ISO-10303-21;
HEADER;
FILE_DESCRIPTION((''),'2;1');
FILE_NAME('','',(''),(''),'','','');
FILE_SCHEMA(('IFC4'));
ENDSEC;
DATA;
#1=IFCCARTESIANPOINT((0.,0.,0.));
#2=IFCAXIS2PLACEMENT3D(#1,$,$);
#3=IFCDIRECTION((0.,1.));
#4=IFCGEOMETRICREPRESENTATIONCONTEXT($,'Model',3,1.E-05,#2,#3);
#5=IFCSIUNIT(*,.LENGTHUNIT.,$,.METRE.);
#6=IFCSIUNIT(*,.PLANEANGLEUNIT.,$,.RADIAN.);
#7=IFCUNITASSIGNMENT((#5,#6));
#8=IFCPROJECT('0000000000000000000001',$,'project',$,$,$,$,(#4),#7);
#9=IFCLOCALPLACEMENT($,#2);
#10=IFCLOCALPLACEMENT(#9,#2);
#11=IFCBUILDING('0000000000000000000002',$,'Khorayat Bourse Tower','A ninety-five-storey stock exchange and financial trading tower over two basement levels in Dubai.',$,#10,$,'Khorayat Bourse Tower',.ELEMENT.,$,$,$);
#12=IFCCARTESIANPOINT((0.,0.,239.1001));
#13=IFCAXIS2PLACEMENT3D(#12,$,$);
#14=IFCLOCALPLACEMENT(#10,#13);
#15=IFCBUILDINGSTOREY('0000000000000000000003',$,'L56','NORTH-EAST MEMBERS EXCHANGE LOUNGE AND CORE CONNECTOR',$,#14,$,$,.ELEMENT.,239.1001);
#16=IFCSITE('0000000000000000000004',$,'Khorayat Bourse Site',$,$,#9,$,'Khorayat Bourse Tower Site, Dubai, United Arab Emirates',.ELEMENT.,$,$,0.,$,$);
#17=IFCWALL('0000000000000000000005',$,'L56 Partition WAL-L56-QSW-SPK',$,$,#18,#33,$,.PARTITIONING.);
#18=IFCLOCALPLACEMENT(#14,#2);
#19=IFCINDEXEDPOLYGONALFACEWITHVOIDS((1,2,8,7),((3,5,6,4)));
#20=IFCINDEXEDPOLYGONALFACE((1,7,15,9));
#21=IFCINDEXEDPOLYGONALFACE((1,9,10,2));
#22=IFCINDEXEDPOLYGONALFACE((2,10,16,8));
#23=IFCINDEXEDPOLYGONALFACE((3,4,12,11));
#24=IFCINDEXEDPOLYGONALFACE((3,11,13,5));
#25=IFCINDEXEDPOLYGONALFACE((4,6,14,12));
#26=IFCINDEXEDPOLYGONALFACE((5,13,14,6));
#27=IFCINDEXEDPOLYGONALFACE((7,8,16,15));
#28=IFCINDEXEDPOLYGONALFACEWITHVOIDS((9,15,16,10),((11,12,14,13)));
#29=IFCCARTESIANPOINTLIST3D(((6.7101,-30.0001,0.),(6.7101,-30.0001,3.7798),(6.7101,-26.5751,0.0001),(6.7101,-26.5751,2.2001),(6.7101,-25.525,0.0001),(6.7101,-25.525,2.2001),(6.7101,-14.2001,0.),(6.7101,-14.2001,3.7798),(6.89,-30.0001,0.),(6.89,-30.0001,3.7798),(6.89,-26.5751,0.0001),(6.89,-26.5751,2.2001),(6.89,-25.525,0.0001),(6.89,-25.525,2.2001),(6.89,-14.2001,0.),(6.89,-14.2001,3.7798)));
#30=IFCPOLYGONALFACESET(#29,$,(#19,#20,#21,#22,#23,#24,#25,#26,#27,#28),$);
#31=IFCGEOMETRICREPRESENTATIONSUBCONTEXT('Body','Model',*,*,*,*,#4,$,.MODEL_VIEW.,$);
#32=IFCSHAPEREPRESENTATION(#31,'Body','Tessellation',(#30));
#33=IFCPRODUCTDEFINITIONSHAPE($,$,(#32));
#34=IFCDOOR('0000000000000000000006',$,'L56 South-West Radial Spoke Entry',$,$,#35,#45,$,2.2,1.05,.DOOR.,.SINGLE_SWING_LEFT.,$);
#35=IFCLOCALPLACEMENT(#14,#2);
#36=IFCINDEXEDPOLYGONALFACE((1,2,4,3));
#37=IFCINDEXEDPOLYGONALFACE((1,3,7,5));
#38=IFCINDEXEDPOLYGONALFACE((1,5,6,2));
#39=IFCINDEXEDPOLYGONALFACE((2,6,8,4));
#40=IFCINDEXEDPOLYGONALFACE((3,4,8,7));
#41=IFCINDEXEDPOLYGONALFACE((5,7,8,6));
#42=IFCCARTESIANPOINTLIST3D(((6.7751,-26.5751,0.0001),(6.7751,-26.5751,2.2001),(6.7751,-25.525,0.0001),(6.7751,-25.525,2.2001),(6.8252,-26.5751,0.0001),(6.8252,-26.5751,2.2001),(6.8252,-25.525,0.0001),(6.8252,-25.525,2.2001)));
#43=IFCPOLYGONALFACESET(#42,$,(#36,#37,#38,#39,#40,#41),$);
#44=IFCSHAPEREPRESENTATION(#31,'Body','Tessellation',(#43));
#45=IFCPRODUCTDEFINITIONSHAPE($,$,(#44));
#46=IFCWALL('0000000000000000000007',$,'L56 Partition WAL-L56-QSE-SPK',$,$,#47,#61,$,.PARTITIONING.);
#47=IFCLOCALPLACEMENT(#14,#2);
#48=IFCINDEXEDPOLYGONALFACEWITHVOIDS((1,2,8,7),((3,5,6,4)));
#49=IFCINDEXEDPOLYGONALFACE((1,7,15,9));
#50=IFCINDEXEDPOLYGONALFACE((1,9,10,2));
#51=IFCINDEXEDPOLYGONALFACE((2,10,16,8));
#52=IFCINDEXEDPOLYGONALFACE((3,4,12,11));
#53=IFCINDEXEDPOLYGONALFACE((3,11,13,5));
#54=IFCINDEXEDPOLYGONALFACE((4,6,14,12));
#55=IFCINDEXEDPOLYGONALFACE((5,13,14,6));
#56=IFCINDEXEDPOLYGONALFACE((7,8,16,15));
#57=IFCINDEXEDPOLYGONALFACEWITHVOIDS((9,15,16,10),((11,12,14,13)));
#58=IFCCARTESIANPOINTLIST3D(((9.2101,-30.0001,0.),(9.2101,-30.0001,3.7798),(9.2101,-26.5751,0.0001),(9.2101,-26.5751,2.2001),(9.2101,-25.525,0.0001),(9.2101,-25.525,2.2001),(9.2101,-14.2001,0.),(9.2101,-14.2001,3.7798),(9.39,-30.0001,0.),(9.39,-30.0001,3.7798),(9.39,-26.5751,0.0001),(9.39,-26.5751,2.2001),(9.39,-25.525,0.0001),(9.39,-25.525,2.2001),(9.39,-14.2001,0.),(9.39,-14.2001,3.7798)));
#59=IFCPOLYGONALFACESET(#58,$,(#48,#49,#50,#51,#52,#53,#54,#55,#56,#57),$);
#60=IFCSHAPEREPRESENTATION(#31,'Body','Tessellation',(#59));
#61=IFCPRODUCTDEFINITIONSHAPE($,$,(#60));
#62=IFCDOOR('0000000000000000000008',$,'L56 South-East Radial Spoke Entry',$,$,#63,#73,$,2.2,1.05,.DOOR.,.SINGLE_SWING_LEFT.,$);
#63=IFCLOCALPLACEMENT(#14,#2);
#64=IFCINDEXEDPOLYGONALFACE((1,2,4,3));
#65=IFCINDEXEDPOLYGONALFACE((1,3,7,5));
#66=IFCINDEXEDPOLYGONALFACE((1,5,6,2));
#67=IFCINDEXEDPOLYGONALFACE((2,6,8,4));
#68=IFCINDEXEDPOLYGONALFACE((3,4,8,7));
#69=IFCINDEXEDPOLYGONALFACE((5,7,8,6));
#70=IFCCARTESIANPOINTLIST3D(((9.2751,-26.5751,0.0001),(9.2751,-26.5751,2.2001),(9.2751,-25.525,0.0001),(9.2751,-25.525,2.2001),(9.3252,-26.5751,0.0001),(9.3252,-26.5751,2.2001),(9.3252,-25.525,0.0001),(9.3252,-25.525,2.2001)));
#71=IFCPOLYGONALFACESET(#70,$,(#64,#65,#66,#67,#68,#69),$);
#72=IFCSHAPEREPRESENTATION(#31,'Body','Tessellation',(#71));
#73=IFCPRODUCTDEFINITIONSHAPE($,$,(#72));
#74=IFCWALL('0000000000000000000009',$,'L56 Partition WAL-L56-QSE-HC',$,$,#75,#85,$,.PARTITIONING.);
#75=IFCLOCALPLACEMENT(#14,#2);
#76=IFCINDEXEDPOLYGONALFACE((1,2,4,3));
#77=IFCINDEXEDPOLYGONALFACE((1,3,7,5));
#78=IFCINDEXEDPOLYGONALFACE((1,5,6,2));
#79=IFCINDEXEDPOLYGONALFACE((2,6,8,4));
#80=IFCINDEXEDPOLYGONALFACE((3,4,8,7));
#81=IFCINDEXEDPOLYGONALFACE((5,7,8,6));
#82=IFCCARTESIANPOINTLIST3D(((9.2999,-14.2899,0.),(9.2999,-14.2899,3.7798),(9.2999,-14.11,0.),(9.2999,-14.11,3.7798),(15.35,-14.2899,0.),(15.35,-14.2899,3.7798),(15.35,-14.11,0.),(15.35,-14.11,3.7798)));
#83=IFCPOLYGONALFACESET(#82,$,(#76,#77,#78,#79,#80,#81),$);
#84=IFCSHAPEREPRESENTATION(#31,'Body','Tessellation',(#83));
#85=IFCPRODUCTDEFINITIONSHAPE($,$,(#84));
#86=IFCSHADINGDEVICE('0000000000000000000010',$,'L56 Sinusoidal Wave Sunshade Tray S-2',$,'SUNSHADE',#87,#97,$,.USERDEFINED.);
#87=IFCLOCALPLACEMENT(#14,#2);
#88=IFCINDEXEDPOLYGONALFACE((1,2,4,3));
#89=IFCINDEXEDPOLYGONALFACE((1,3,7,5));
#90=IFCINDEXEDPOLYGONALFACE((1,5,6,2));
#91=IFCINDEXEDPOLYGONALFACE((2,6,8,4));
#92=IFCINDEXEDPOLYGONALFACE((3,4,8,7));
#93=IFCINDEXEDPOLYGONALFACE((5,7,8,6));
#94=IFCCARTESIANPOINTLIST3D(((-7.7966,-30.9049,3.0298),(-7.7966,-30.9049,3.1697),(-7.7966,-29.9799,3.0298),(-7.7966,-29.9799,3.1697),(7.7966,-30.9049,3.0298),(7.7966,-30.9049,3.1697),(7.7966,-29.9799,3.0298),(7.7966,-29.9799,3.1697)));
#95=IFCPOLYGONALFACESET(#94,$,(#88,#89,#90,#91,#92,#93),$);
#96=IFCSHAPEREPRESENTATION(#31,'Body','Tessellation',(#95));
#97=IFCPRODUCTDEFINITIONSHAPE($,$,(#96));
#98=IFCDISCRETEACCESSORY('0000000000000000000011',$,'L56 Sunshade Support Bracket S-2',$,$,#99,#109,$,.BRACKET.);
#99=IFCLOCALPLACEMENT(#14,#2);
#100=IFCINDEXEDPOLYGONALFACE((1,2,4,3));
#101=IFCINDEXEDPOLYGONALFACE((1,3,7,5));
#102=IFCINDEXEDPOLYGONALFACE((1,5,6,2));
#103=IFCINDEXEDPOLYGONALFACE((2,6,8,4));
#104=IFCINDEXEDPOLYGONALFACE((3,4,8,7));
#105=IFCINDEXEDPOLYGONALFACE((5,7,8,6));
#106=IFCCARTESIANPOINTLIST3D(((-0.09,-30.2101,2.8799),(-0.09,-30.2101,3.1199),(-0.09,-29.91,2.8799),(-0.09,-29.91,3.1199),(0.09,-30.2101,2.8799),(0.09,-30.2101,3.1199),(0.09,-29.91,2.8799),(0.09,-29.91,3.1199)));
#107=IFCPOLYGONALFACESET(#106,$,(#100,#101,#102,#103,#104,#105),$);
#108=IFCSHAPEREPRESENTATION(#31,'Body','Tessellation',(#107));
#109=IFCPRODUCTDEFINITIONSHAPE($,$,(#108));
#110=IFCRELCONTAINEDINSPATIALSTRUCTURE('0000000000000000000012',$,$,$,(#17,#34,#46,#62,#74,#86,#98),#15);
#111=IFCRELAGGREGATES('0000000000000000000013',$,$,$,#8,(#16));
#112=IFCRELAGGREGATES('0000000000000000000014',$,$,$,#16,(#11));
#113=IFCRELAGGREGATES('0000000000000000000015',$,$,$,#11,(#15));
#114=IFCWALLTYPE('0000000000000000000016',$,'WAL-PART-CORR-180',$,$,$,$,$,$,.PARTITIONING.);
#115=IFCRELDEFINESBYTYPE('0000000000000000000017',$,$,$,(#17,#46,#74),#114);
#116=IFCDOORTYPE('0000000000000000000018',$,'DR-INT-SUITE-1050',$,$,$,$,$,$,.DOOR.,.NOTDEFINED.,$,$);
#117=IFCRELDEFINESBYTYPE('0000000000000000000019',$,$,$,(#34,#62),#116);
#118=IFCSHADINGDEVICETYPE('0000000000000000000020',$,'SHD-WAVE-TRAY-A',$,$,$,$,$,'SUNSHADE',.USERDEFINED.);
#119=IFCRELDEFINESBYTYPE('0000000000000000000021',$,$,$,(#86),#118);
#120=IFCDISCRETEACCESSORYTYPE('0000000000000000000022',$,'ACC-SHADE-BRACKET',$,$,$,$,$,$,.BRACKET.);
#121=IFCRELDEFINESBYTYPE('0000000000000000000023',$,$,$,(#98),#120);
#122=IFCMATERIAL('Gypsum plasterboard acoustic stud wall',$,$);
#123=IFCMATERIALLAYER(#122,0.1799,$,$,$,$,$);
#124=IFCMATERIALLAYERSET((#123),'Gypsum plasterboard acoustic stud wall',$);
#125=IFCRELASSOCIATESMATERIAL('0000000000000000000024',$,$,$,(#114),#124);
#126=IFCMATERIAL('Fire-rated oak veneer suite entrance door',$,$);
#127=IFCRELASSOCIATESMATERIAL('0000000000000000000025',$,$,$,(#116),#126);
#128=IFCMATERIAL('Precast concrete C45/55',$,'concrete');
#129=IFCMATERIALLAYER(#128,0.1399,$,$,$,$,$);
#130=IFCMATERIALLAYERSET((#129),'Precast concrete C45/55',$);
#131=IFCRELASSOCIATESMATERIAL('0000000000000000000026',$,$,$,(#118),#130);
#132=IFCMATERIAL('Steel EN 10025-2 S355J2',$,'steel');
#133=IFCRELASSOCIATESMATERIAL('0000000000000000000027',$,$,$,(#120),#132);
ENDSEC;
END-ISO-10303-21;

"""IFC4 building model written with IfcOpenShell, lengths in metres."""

from ifc_helpers import new_model, si_unit, direction, frame, frame_2d, origin, origin_2d, place, context, subcontext, project, spatial, rectangle, extrude, source, transform, mapped, material, layer, layer_set, type_object, element, fill, save


model = new_model("IFC4")

# Units and contexts
model_context = context("Model", 3, precision=1e-05, world=origin(), true_north=direction((0.0, 1.0)))
body_context = subcontext(model_context, "Body", "Model", "MODEL_VIEW")
ifc_project = project(units=[si_unit("LENGTHUNIT", "METRE"), si_unit("PLANEANGLEUNIT", "RADIAN")], contexts=[model_context])

# Site, building, storey
site_placement = place(None, origin())
site = spatial("IfcSite", under=ifc_project, at=site_placement, Name="Khorayat Bourse Site", LongName="Khorayat Bourse Tower Site, Dubai, United Arab Emirates", CompositionType="ELEMENT", RefElevation=0.0)
building_placement = place(site_placement, origin())
building = spatial("IfcBuilding", under=site, at=building_placement, Name="Khorayat Bourse Tower", Description="A ninety-five-storey stock exchange and financial trading tower over two basement levels in Dubai.", LongName="Khorayat Bourse Tower", CompositionType="ELEMENT")
storey_placement = place(building_placement, frame((0.0, 0.0, 239.1001)))
storey = spatial("IfcBuildingStorey", under=building, at=storey_placement, Name="L56", Description="NORTH-EAST MEMBERS EXCHANGE LOUNGE AND CORE CONNECTOR", CompositionType="ELEMENT", Elevation=239.1001)

# Shared definitions
ifc_material_1 = material(Name="Steel EN 10025-2 S355J2", Category="steel")

# Shared definitions
ifc_material_2 = material(Name="Gypsum plasterboard acoustic stud wall")
ifc_layer_1 = layer(ifc_material_2, 0.1799)
ifc_layer_set_1 = layer_set([ifc_layer_1], Name="Gypsum plasterboard acoustic stud wall")
wall_type = type_object("IfcWallType", Name="WAL-PART-CORR-180", PredefinedType="PARTITIONING", material=ifc_layer_set_1)

# Walls, openings, doors
shared_shape_1 = source(origin(), body_context, "Body", "SweptSolid", [
    extrude(rectangle(XDim=15.8, YDim=0.1799, at=frame_2d((7.8999, 0.0))), origin(), (0.0, 0.0, 1.0), 3.7798),
])
wall_1_placement = place(storey_placement, frame((6.8, -30.0, 0.0), z_axis=(0.0, 0.0, 1.0), x_axis=(0.0, 1.0, 0.0)))
wall_1 = element("IfcWall", 1, at=wall_1_placement, inside=storey, type_object=wall_type, Name="L56 Partition WAL-L56-QSW-SPK", PredefinedType="PARTITIONING", context=body_context, shape_type="MappedRepresentation", body=[
    mapped(shared_shape_1, transform((0.0, 0.0, 0.0), scale=1.0)),
])
shared_shape_2 = source(origin(), body_context, "Body", "SweptSolid", [
    extrude(rectangle(XDim=1.05, YDim=2.2, at=frame_2d((0.5249, 1.1001))), frame((0.0, 0.0999, 0.0), z_axis=(0.0, -1.0, 0.0), x_axis=(1.0, 0.0, 0.0)), (0.0, 0.0, 1.0), 0.2),
])
opening_1_placement = place(wall_1_placement, frame((3.425, 0.0, 0.0)))
opening_1 = element("IfcOpeningElement", 2, at=opening_1_placement, cuts=wall_1, PredefinedType="OPENING", context=body_context, shape_type="MappedRepresentation", body=[
    mapped(shared_shape_2, transform((0.0, 0.0, 0.0), scale=1.0)),
])
ifc_material_3 = material(Name="Fire-rated oak veneer suite entrance door")
door_type = type_object("IfcDoorType", Name="DR-INT-SUITE-1050", OperationType="NOTDEFINED", PredefinedType="DOOR", material=ifc_material_3)
shared_shape_3 = source(origin(), body_context, "Body", "SweptSolid", [
    extrude(rectangle(XDim=1.05, YDim=2.2, at=frame_2d((0.5249, 1.1001))), frame((0.0, 0.0249, 0.0), z_axis=(0.0, -1.0, 0.0), x_axis=(1.0, 0.0, 0.0)), (0.0, 0.0, 1.0), 0.05),
])
door_1_placement = place(opening_1_placement, origin())
door_1 = element("IfcDoor", 3, at=door_1_placement, inside=storey, type_object=door_type, Name="L56 South-West Radial Spoke Entry", OperationType="SINGLE_SWING_LEFT", OverallHeight=2.2, OverallWidth=1.05, PredefinedType="DOOR", context=body_context, shape_type="MappedRepresentation", body=[
    mapped(shared_shape_3, transform((0.0, 0.0, 0.0), scale=1.0)),
])
fill(opening_1, door_1)
wall_2_placement = place(storey_placement, frame((9.3, -30.0, 0.0), z_axis=(0.0, 0.0, 1.0), x_axis=(0.0, 1.0, 0.0)))
wall_2 = element("IfcWall", 4, at=wall_2_placement, inside=storey, type_object=wall_type, Name="L56 Partition WAL-L56-QSE-SPK", PredefinedType="PARTITIONING", context=body_context, shape_type="MappedRepresentation", body=[
    mapped(shared_shape_1, transform((0.0, 0.0, 0.0), scale=1.0)),
])
opening_2_placement = place(wall_2_placement, frame((3.425, 0.0, 0.0)))
opening_2 = element("IfcOpeningElement", 5, at=opening_2_placement, cuts=wall_2, PredefinedType="OPENING", context=body_context, shape_type="MappedRepresentation", body=[
    mapped(shared_shape_2, transform((0.0, 0.0, 0.0), scale=1.0)),
])
door_2_placement = place(opening_2_placement, origin())
door_2 = element("IfcDoor", 6, at=door_2_placement, inside=storey, type_object=door_type, Name="L56 South-East Radial Spoke Entry", OperationType="SINGLE_SWING_LEFT", OverallHeight=2.2, OverallWidth=1.05, PredefinedType="DOOR", context=body_context, shape_type="MappedRepresentation", body=[
    mapped(shared_shape_3, transform((0.0, 0.0, 0.0), scale=1.0)),
])
fill(opening_2, door_2)

# Wall
shared_shape_4 = source(origin(), body_context, "Body", "SweptSolid", [
    extrude(rectangle(XDim=6.05, YDim=0.1799, at=frame_2d((3.0249, 0.0))), origin(), (0.0, 0.0, 1.0), 3.7798),
])
wall_3_placement = place(storey_placement, frame((9.3, -14.2, 0.0), z_axis=(0.0, 0.0, 1.0), x_axis=(1.0, 0.0, 0.0)))
element("IfcWall", 7, at=wall_3_placement, inside=storey, type_object=wall_type, Name="L56 Partition WAL-L56-QSE-HC", PredefinedType="PARTITIONING", context=body_context, shape_type="MappedRepresentation", body=[
    mapped(shared_shape_4, transform((0.0, 0.0, 0.0), scale=1.0)),
])

# Shading device
ifc_material_4 = material(Name="Precast concrete C45/55", Category="concrete")
ifc_layer_2 = layer(ifc_material_4, 0.1399)
ifc_layer_set_2 = layer_set([ifc_layer_2], Name="Precast concrete C45/55")
shading_device_type = type_object("IfcShadingDeviceType", Name="SHD-WAVE-TRAY-A", ElementType="SUNSHADE", PredefinedType="USERDEFINED", material=ifc_layer_set_2)
shared_shape_5 = source(origin(), body_context, "Body", "SweptSolid", [
    extrude(rectangle(XDim=15.5933, YDim=0.925, at=origin_2d()), origin(), (0.0, 0.0, 1.0), 0.1399),
])
shading_device_placement = place(storey_placement, frame((0.0, -30.4424, 3.0298), z_axis=(0.0, 0.0, 1.0), x_axis=(1.0, 0.0, 0.0)))
element("IfcShadingDevice", 8, at=shading_device_placement, inside=storey, type_object=shading_device_type, Name="L56 Sinusoidal Wave Sunshade Tray S-2", ObjectType="SUNSHADE", PredefinedType="USERDEFINED", context=body_context, shape_type="MappedRepresentation", body=[
    mapped(shared_shape_5, transform((0.0, 0.0, 0.0), scale=1.0)),
])

# Discrete accessory
discrete_accessory_type = type_object("IfcDiscreteAccessoryType", Name="ACC-SHADE-BRACKET", PredefinedType="BRACKET", material=ifc_material_1)
shared_shape_6 = source(origin(), body_context, "Body", "SweptSolid", [
    extrude(rectangle(XDim=0.1799, YDim=0.3, at=origin_2d()), origin(), (0.0, 0.0, 1.0), 0.24),
])
discrete_accessory_placement = place(storey_placement, frame((0.0, -30.0601, 2.8799), z_axis=(0.0, 0.0, 1.0), x_axis=(1.0, 0.0, 0.0)))
element("IfcDiscreteAccessory", 9, at=discrete_accessory_placement, inside=storey, type_object=discrete_accessory_type, Name="L56 Sunshade Support Bracket S-2", PredefinedType="BRACKET", context=body_context, shape_type="MappedRepresentation", body=[
    mapped(shared_shape_6, transform((0.0, 0.0, 0.0), scale=1.0)),
])

save(model, "model.ifc")
